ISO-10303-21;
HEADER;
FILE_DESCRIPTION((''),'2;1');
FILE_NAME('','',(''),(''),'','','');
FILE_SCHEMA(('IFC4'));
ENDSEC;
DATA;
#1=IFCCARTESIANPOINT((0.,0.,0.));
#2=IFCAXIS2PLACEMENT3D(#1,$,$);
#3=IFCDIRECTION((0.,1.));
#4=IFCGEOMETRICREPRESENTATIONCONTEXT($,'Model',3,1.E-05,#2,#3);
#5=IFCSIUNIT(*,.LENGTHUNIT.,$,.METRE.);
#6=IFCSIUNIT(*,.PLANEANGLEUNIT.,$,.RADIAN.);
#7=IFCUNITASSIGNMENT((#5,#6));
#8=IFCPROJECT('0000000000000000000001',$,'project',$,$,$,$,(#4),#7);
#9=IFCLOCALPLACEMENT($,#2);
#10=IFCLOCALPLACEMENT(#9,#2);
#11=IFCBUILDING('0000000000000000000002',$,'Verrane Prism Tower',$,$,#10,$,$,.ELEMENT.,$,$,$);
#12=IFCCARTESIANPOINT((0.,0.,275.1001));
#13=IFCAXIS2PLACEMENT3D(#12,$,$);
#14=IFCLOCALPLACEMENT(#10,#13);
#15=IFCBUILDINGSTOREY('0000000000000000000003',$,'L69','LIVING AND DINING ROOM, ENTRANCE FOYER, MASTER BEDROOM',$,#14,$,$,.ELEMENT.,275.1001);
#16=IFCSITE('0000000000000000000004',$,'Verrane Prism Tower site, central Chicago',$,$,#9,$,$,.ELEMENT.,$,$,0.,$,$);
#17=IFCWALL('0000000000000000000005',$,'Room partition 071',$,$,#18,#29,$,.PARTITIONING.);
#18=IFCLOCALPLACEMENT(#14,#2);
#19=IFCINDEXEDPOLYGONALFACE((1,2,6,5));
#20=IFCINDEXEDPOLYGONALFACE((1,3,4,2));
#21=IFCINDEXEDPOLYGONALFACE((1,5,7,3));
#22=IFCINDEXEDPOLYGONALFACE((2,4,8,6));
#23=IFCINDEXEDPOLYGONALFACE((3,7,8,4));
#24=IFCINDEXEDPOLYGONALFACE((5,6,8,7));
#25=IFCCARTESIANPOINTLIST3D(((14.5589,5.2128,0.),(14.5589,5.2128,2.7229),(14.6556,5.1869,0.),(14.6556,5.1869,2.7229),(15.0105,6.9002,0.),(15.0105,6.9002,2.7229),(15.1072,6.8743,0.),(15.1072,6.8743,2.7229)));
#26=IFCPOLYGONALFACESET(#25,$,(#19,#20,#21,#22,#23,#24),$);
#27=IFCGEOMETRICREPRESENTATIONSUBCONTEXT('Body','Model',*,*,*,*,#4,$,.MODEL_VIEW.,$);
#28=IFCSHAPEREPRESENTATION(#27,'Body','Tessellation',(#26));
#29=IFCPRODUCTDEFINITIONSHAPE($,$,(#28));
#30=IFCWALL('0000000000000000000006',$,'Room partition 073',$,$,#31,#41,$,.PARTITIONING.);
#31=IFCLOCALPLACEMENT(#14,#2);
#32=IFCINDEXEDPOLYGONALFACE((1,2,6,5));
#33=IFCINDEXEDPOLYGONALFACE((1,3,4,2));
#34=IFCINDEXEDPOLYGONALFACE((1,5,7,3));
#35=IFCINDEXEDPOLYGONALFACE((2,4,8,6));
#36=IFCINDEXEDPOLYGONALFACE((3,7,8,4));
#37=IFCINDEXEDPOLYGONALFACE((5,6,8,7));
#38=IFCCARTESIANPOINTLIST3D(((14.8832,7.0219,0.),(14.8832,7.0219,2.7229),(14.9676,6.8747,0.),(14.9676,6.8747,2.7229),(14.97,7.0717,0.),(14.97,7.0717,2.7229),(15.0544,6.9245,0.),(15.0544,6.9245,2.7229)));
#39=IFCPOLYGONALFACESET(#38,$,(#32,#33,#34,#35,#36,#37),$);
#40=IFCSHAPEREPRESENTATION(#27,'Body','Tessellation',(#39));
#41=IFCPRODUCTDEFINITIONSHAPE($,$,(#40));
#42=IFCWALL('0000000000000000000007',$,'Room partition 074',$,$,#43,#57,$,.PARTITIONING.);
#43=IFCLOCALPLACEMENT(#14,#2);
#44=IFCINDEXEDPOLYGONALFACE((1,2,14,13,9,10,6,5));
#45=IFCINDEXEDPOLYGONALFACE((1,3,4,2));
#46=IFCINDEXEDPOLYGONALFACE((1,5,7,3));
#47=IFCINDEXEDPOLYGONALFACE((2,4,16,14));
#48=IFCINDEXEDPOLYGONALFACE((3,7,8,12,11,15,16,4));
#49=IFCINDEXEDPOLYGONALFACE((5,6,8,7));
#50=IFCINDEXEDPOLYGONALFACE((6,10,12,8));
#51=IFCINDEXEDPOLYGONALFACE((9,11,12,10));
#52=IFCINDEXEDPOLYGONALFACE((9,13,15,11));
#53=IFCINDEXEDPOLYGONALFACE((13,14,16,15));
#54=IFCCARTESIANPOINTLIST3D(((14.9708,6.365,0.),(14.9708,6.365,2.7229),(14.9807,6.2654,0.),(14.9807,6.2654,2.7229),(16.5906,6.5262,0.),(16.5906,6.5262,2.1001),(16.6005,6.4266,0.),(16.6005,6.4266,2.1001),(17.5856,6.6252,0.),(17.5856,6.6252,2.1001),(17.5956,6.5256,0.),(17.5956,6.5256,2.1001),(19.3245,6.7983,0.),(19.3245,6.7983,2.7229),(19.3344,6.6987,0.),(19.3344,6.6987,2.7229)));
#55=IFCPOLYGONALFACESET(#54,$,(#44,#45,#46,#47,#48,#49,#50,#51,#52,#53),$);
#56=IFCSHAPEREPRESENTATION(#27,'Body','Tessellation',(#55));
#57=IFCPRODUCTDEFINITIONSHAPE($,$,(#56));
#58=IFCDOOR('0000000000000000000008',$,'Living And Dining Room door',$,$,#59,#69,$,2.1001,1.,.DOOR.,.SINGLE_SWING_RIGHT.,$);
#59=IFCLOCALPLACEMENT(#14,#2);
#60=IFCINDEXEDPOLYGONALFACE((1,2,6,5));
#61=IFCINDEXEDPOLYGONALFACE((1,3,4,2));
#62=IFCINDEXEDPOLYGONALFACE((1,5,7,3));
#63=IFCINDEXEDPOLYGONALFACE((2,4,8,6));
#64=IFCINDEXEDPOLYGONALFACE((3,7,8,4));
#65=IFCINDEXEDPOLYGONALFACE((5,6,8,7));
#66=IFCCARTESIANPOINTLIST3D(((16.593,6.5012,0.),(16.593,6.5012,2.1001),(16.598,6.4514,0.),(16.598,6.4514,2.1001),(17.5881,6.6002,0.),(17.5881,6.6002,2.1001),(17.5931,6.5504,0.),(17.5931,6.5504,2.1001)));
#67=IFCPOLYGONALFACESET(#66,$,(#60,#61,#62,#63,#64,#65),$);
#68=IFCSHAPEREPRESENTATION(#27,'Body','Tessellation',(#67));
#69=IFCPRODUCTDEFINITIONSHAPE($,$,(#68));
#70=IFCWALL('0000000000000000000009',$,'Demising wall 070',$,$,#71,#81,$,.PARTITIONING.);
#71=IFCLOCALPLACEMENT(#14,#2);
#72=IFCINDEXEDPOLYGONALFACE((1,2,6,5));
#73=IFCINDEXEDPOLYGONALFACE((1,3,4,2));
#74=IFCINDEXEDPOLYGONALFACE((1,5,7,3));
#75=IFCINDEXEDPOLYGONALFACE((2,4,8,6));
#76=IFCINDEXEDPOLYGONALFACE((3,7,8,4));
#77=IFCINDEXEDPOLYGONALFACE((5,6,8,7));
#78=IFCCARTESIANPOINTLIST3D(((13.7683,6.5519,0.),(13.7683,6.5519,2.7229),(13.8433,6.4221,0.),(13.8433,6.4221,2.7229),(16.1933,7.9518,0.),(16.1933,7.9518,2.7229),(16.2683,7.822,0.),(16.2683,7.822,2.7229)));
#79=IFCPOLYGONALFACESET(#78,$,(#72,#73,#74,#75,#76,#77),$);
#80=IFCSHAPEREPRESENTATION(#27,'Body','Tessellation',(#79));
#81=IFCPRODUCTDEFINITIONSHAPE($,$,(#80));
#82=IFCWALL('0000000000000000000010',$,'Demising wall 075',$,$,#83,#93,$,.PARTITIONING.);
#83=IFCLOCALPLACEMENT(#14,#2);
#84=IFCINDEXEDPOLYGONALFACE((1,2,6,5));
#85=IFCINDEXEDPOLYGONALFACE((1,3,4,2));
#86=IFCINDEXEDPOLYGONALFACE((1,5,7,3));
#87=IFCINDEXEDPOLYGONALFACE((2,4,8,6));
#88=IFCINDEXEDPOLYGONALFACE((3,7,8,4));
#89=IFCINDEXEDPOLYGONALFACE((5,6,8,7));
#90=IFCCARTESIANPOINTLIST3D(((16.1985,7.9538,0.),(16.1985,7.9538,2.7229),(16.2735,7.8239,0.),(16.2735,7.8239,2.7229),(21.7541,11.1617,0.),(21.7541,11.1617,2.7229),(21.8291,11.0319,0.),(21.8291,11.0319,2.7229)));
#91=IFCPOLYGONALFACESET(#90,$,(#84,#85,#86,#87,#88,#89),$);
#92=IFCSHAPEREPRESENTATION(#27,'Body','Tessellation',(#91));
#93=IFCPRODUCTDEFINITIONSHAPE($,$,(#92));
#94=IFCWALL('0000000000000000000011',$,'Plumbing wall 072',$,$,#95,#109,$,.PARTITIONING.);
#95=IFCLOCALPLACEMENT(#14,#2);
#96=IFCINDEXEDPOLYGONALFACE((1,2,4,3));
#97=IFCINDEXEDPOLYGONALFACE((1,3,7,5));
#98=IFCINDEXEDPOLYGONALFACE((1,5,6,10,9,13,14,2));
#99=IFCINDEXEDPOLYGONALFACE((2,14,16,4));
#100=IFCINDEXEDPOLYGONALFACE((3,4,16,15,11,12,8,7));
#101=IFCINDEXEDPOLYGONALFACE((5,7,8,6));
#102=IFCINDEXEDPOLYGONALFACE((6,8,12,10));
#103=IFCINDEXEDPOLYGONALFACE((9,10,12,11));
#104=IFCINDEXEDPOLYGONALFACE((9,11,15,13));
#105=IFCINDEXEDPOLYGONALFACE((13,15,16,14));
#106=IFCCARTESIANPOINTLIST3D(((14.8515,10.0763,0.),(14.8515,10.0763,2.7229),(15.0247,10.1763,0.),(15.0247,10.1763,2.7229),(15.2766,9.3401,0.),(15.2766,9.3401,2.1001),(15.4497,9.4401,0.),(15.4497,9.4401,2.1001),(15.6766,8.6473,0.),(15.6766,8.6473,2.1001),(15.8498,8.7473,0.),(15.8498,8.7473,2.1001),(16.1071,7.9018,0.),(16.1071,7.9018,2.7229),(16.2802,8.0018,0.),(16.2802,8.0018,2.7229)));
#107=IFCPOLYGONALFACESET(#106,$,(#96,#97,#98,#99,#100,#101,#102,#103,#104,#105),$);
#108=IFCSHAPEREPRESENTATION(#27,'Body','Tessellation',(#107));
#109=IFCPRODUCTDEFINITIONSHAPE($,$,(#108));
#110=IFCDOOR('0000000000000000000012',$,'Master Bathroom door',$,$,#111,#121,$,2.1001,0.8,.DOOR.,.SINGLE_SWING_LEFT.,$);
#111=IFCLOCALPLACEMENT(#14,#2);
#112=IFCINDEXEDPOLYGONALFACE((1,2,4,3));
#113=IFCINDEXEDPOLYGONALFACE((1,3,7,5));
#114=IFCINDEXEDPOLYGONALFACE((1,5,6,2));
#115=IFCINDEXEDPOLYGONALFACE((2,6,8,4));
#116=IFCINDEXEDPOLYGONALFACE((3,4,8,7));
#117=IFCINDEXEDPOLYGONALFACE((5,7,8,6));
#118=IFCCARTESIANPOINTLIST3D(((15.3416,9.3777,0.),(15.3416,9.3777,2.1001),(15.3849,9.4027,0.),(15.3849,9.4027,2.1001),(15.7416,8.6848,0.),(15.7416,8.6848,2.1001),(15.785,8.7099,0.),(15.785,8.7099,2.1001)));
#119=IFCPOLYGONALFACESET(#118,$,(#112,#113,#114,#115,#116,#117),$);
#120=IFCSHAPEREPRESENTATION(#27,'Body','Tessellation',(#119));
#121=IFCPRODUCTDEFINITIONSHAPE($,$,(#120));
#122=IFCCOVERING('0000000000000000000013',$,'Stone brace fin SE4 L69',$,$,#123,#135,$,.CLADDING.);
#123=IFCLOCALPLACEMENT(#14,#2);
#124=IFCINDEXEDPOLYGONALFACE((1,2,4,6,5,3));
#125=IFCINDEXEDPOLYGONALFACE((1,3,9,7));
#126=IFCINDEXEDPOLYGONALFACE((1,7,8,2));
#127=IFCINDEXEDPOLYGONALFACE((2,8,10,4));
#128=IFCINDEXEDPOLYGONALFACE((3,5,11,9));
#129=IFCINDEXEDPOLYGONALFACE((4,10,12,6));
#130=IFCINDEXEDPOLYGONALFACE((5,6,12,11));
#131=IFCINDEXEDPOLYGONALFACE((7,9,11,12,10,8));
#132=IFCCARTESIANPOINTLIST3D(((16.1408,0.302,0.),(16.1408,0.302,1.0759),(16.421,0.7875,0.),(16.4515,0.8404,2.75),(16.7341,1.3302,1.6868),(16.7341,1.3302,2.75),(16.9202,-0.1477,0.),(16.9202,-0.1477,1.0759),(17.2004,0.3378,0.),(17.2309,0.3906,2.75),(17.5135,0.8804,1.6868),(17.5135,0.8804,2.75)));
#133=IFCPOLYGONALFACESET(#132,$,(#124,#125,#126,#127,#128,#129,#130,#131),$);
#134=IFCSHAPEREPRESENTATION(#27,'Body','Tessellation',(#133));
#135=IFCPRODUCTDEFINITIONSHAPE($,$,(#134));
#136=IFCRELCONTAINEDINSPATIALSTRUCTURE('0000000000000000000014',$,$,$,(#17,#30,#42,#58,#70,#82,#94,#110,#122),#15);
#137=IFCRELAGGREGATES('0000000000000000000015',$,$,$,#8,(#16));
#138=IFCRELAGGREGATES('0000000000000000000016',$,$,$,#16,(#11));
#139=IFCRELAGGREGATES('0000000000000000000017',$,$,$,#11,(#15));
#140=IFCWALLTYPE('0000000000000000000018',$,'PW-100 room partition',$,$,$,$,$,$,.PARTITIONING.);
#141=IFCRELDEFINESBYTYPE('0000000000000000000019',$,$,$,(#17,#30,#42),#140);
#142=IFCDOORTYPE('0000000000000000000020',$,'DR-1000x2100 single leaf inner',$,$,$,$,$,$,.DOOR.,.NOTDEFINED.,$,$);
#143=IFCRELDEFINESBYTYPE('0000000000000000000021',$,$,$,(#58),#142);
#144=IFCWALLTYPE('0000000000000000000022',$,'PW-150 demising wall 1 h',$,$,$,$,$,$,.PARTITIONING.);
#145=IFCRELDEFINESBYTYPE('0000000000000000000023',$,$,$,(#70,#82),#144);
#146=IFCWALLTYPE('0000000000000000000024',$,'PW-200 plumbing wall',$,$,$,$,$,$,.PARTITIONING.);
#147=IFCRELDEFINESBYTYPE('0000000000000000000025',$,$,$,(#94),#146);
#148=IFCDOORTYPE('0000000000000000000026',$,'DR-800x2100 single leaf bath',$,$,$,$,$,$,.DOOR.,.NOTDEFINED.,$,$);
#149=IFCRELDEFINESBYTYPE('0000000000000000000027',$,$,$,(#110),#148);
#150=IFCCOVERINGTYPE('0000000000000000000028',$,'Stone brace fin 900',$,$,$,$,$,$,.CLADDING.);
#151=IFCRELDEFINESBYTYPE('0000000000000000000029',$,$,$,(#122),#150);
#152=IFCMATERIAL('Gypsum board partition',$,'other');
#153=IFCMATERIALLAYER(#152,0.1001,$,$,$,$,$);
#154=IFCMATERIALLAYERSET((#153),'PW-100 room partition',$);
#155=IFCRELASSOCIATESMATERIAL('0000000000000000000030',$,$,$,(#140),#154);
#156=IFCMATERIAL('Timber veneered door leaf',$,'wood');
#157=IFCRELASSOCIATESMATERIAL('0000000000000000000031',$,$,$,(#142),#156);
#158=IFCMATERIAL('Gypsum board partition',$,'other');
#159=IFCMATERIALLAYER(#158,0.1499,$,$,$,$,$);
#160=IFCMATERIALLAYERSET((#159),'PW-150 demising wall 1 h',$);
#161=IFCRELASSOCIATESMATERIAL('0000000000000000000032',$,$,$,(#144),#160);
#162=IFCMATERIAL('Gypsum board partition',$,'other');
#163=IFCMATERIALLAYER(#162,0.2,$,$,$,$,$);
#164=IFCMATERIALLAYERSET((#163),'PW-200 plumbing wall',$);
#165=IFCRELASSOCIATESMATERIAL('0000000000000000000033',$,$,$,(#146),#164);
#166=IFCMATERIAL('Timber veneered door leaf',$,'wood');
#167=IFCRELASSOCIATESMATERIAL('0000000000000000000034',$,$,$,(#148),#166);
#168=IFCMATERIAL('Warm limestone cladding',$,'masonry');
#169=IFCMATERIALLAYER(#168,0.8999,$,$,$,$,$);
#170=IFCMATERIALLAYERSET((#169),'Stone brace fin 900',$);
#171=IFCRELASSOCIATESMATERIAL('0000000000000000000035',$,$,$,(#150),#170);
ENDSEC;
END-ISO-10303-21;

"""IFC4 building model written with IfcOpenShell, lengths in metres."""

from ifc_helpers import new_model, si_unit, direction, frame, frame_2d, origin, place, context, subcontext, project, spatial, polyline, rectangle, outline, extrude, material, layer, layer_set, type_object, element, fill, save


model = new_model("IFC4")

# Units and contexts
model_context = context("Model", 3, precision=1e-05, world=origin(), true_north=direction((0.0, 1.0)))
body_context = subcontext(model_context, "Body", "Model", "MODEL_VIEW")
ifc_project = project(units=[si_unit("LENGTHUNIT", "METRE"), si_unit("PLANEANGLEUNIT", "RADIAN")], contexts=[model_context])

# Site, building, storey
site_placement = place(None, origin())
site = spatial("IfcSite", under=ifc_project, at=site_placement, Name="Verrane Prism Tower site, central Chicago", CompositionType="ELEMENT", RefElevation=0.0)
building_placement = place(site_placement, origin())
building = spatial("IfcBuilding", under=site, at=building_placement, Name="Verrane Prism Tower", CompositionType="ELEMENT")
storey_placement = place(building_placement, frame((0.0, 0.0, 275.1001)))
storey = spatial("IfcBuildingStorey", under=building, at=storey_placement, Name="L69", Description="LIVING AND DINING ROOM, ENTRANCE FOYER, MASTER BEDROOM", CompositionType="ELEMENT", Elevation=275.1001)

# Shared definitions
ifc_material_1 = material(Name="Gypsum board partition", Category="other")
ifc_layer_1 = layer(ifc_material_1, 0.1001)
ifc_layer_set_1 = layer_set([ifc_layer_1], Name="PW-100 room partition")
wall_type_1 = type_object("IfcWallType", Name="PW-100 room partition", PredefinedType="PARTITIONING", material=ifc_layer_set_1)
ifc_material_2 = material(Name="Timber veneered door leaf", Category="wood")
door_type_1 = type_object("IfcDoorType", Name="DR-1000x2100 single leaf inner", OperationType="NOTDEFINED", PredefinedType="DOOR", material=ifc_material_2)

# Walls
wall_1_placement = place(storey_placement, frame((14.6072, 5.1997, 0.0), z_axis=(0.0, 0.0, 1.0), x_axis=(0.25855, 0.965998, 0.0)))
element("IfcWall", 1, at=wall_1_placement, inside=storey, type_object=wall_type_1, Name="Room partition 071", PredefinedType="PARTITIONING", context=body_context, shape_type="SweptSolid", body=[
    extrude(rectangle(XDim=1.7468, YDim=0.1001, at=frame_2d((0.8735, 0.0))), origin(), (0.0, 0.0, 1.0), 2.7229),
])
wall_2_placement = place(storey_placement, frame((14.9265, 7.0469, 0.0), z_axis=(0.0, 0.0, 1.0), x_axis=(0.497687, -0.867357, 0.0)))
element("IfcWall", 2, at=wall_2_placement, inside=storey, type_object=wall_type_1, Name="Room partition 073", PredefinedType="PARTITIONING", context=body_context, shape_type="SweptSolid", body=[
    extrude(rectangle(XDim=0.1697, YDim=0.1001, at=frame_2d((0.085, 0.0))), origin(), (0.0, 0.0, 1.0), 2.7229),
])

# Wall, opening, door
wall_3_placement = place(storey_placement, frame((14.9758, 6.3152, 0.0), z_axis=(0.0, 0.0, 1.0), x_axis=(0.995083, 0.099045, 0.0)))
wall_3 = element("IfcWall", 3, at=wall_3_placement, inside=storey, type_object=wall_type_1, Name="Room partition 074", PredefinedType="PARTITIONING", context=body_context, shape_type="SweptSolid", body=[
    extrude(rectangle(XDim=4.3752, YDim=0.1001, at=frame_2d((2.1875, 0.0))), origin(), (0.0, 0.0, 1.0), 2.7229),
])
opening_1_placement = place(wall_3_placement, frame((1.6277, 0.0, 0.0)))
opening_1 = element("IfcOpeningElement", 4, at=opening_1_placement, cuts=wall_3, PredefinedType="OPENING", context=body_context, shape_type="SweptSolid", body=[
    extrude(rectangle(XDim=1.0, YDim=2.1001, at=frame_2d((0.5, 1.05))), frame((0.0, 0.0601, 0.0), z_axis=(0.0, -1.0, 0.0), x_axis=(1.0, 0.0, 0.0)), (0.0, 0.0, 1.0), 0.1201),
])
door_1_placement = place(opening_1_placement, origin())
door_1 = element("IfcDoor", 5, at=door_1_placement, inside=storey, type_object=door_type_1, Name="Living And Dining Room door", OperationType="SINGLE_SWING_RIGHT", OverallHeight=2.1001, OverallWidth=1.0, PredefinedType="DOOR", context=body_context, shape_type="SweptSolid", body=[
    extrude(rectangle(XDim=1.0, YDim=2.1001, at=frame_2d((0.5, 1.05))), frame((0.0, 0.0249, 0.0), z_axis=(0.0, -1.0, 0.0), x_axis=(1.0, 0.0, 0.0)), (0.0, 0.0, 1.0), 0.05),
])
fill(opening_1, door_1)

# Walls
ifc_material_3 = material(Name="Gypsum board partition", Category="other")
ifc_layer_2 = layer(ifc_material_3, 0.1499)
ifc_layer_set_2 = layer_set([ifc_layer_2], Name="PW-150 demising wall 1 h")
wall_type_2 = type_object("IfcWallType", Name="PW-150 demising wall 1 h", PredefinedType="PARTITIONING", material=ifc_layer_set_2)
wall_4_placement = place(storey_placement, frame((13.8059, 6.4871, 0.0), z_axis=(0.0, 0.0, 1.0), x_axis=(0.866056, 0.499946, 0.0)))
element("IfcWall", 6, at=wall_4_placement, inside=storey, type_object=wall_type_2, Name="Demising wall 070", PredefinedType="PARTITIONING", context=body_context, shape_type="SweptSolid", body=[
    extrude(rectangle(XDim=2.8, YDim=0.1499, at=frame_2d((1.3999, 0.0))), origin(), (0.0, 0.0, 1.0), 2.7229),
])
wall_5_placement = place(storey_placement, frame((16.2361, 7.8889, 0.0), z_axis=(0.0, 0.0, 1.0), x_axis=(0.865995, 0.500052, 0.0)))
element("IfcWall", 7, at=wall_5_placement, inside=storey, type_object=wall_type_2, Name="Demising wall 075", PredefinedType="PARTITIONING", context=body_context, shape_type="SweptSolid", body=[
    extrude(rectangle(XDim=6.4153, YDim=0.1499, at=frame_2d((3.2075, 0.0))), origin(), (0.0, 0.0, 1.0), 2.7229),
])

# Wall, opening, door
ifc_material_4 = material(Name="Gypsum board partition", Category="other")
ifc_layer_3 = layer(ifc_material_4, 0.2)
ifc_layer_set_3 = layer_set([ifc_layer_3], Name="PW-200 plumbing wall")
wall_type_3 = type_object("IfcWallType", Name="PW-200 plumbing wall", PredefinedType="PARTITIONING", material=ifc_layer_set_3)
wall_6_placement = place(storey_placement, frame((16.1936, 7.9519, 0.0), z_axis=(0.0, 0.0, 1.0), x_axis=(-0.500039, 0.866003, 0.0)))
wall_6 = element("IfcWall", 8, at=wall_6_placement, inside=storey, type_object=wall_type_3, Name="Plumbing wall 072", PredefinedType="PARTITIONING", context=body_context, shape_type="SweptSolid", body=[
    extrude(rectangle(XDim=2.511, YDim=0.2, at=frame_2d((1.2554, 0.0))), origin(), (0.0, 0.0, 1.0), 2.7229),
])
opening_2_placement = place(wall_6_placement, frame((0.8608, 0.0, 0.0)))
opening_2 = element("IfcOpeningElement", 9, at=opening_2_placement, cuts=wall_6, PredefinedType="OPENING", context=body_context, shape_type="SweptSolid", body=[
    extrude(rectangle(XDim=0.8, YDim=2.1001, at=frame_2d((0.3999, 1.05))), frame((0.0, 0.1099, 0.0), z_axis=(0.0, -1.0, 0.0), x_axis=(1.0, 0.0, 0.0)), (0.0, 0.0, 1.0), 0.22),
])
ifc_material_5 = material(Name="Timber veneered door leaf", Category="wood")
door_type_2 = type_object("IfcDoorType", Name="DR-800x2100 single leaf bath", OperationType="NOTDEFINED", PredefinedType="DOOR", material=ifc_material_5)
door_2_placement = place(opening_2_placement, origin())
door_2 = element("IfcDoor", 10, at=door_2_placement, inside=storey, type_object=door_type_2, Name="Master Bathroom door", OperationType="SINGLE_SWING_LEFT", OverallHeight=2.1001, OverallWidth=0.8, PredefinedType="DOOR", context=body_context, shape_type="SweptSolid", body=[
    extrude(rectangle(XDim=0.8, YDim=2.1001, at=frame_2d((0.3999, 1.05))), frame((0.0, 0.0249, 0.0), z_axis=(0.0, -1.0, 0.0), x_axis=(1.0, 0.0, 0.0)), (0.0, 0.0, 1.0), 0.05),
])
fill(opening_2, door_2)

# Covering
ifc_material_6 = material(Name="Warm limestone cladding", Category="masonry")
ifc_layer_4 = layer(ifc_material_6, 0.8999)
ifc_layer_set_4 = layer_set([ifc_layer_4], Name="Stone brace fin 900")
covering_type = type_object("IfcCoveringType", Name="Stone brace fin 900", PredefinedType="CLADDING", material=ifc_layer_set_4)
covering_placement = place(storey_placement, frame((16.5305, 0.0771, 0.0), z_axis=(0.0, 0.0, 1.0), x_axis=(0.499811, 0.866134, 0.0)))
element("IfcCovering", 11, at=covering_placement, inside=storey, type_object=covering_type, Name="Stone brace fin SE4 L69", PredefinedType="CLADDING", context=body_context, shape_type="SweptSolid", body=[
    extrude(outline(polyline([(1.187, 2.75), (0.6216, 2.75), (0.0, 1.0759), (0.0, 0.0), (0.5605, 0.0), (1.187, 1.6868), (1.187, 2.75)])), frame((0.0, 0.45, 0.0), z_axis=(0.0, -1.0, 0.0), x_axis=(1.0, 0.0, 0.0)), (0.0, 0.0, 1.0), 0.8999),
])

save(model, "model.ifc")
